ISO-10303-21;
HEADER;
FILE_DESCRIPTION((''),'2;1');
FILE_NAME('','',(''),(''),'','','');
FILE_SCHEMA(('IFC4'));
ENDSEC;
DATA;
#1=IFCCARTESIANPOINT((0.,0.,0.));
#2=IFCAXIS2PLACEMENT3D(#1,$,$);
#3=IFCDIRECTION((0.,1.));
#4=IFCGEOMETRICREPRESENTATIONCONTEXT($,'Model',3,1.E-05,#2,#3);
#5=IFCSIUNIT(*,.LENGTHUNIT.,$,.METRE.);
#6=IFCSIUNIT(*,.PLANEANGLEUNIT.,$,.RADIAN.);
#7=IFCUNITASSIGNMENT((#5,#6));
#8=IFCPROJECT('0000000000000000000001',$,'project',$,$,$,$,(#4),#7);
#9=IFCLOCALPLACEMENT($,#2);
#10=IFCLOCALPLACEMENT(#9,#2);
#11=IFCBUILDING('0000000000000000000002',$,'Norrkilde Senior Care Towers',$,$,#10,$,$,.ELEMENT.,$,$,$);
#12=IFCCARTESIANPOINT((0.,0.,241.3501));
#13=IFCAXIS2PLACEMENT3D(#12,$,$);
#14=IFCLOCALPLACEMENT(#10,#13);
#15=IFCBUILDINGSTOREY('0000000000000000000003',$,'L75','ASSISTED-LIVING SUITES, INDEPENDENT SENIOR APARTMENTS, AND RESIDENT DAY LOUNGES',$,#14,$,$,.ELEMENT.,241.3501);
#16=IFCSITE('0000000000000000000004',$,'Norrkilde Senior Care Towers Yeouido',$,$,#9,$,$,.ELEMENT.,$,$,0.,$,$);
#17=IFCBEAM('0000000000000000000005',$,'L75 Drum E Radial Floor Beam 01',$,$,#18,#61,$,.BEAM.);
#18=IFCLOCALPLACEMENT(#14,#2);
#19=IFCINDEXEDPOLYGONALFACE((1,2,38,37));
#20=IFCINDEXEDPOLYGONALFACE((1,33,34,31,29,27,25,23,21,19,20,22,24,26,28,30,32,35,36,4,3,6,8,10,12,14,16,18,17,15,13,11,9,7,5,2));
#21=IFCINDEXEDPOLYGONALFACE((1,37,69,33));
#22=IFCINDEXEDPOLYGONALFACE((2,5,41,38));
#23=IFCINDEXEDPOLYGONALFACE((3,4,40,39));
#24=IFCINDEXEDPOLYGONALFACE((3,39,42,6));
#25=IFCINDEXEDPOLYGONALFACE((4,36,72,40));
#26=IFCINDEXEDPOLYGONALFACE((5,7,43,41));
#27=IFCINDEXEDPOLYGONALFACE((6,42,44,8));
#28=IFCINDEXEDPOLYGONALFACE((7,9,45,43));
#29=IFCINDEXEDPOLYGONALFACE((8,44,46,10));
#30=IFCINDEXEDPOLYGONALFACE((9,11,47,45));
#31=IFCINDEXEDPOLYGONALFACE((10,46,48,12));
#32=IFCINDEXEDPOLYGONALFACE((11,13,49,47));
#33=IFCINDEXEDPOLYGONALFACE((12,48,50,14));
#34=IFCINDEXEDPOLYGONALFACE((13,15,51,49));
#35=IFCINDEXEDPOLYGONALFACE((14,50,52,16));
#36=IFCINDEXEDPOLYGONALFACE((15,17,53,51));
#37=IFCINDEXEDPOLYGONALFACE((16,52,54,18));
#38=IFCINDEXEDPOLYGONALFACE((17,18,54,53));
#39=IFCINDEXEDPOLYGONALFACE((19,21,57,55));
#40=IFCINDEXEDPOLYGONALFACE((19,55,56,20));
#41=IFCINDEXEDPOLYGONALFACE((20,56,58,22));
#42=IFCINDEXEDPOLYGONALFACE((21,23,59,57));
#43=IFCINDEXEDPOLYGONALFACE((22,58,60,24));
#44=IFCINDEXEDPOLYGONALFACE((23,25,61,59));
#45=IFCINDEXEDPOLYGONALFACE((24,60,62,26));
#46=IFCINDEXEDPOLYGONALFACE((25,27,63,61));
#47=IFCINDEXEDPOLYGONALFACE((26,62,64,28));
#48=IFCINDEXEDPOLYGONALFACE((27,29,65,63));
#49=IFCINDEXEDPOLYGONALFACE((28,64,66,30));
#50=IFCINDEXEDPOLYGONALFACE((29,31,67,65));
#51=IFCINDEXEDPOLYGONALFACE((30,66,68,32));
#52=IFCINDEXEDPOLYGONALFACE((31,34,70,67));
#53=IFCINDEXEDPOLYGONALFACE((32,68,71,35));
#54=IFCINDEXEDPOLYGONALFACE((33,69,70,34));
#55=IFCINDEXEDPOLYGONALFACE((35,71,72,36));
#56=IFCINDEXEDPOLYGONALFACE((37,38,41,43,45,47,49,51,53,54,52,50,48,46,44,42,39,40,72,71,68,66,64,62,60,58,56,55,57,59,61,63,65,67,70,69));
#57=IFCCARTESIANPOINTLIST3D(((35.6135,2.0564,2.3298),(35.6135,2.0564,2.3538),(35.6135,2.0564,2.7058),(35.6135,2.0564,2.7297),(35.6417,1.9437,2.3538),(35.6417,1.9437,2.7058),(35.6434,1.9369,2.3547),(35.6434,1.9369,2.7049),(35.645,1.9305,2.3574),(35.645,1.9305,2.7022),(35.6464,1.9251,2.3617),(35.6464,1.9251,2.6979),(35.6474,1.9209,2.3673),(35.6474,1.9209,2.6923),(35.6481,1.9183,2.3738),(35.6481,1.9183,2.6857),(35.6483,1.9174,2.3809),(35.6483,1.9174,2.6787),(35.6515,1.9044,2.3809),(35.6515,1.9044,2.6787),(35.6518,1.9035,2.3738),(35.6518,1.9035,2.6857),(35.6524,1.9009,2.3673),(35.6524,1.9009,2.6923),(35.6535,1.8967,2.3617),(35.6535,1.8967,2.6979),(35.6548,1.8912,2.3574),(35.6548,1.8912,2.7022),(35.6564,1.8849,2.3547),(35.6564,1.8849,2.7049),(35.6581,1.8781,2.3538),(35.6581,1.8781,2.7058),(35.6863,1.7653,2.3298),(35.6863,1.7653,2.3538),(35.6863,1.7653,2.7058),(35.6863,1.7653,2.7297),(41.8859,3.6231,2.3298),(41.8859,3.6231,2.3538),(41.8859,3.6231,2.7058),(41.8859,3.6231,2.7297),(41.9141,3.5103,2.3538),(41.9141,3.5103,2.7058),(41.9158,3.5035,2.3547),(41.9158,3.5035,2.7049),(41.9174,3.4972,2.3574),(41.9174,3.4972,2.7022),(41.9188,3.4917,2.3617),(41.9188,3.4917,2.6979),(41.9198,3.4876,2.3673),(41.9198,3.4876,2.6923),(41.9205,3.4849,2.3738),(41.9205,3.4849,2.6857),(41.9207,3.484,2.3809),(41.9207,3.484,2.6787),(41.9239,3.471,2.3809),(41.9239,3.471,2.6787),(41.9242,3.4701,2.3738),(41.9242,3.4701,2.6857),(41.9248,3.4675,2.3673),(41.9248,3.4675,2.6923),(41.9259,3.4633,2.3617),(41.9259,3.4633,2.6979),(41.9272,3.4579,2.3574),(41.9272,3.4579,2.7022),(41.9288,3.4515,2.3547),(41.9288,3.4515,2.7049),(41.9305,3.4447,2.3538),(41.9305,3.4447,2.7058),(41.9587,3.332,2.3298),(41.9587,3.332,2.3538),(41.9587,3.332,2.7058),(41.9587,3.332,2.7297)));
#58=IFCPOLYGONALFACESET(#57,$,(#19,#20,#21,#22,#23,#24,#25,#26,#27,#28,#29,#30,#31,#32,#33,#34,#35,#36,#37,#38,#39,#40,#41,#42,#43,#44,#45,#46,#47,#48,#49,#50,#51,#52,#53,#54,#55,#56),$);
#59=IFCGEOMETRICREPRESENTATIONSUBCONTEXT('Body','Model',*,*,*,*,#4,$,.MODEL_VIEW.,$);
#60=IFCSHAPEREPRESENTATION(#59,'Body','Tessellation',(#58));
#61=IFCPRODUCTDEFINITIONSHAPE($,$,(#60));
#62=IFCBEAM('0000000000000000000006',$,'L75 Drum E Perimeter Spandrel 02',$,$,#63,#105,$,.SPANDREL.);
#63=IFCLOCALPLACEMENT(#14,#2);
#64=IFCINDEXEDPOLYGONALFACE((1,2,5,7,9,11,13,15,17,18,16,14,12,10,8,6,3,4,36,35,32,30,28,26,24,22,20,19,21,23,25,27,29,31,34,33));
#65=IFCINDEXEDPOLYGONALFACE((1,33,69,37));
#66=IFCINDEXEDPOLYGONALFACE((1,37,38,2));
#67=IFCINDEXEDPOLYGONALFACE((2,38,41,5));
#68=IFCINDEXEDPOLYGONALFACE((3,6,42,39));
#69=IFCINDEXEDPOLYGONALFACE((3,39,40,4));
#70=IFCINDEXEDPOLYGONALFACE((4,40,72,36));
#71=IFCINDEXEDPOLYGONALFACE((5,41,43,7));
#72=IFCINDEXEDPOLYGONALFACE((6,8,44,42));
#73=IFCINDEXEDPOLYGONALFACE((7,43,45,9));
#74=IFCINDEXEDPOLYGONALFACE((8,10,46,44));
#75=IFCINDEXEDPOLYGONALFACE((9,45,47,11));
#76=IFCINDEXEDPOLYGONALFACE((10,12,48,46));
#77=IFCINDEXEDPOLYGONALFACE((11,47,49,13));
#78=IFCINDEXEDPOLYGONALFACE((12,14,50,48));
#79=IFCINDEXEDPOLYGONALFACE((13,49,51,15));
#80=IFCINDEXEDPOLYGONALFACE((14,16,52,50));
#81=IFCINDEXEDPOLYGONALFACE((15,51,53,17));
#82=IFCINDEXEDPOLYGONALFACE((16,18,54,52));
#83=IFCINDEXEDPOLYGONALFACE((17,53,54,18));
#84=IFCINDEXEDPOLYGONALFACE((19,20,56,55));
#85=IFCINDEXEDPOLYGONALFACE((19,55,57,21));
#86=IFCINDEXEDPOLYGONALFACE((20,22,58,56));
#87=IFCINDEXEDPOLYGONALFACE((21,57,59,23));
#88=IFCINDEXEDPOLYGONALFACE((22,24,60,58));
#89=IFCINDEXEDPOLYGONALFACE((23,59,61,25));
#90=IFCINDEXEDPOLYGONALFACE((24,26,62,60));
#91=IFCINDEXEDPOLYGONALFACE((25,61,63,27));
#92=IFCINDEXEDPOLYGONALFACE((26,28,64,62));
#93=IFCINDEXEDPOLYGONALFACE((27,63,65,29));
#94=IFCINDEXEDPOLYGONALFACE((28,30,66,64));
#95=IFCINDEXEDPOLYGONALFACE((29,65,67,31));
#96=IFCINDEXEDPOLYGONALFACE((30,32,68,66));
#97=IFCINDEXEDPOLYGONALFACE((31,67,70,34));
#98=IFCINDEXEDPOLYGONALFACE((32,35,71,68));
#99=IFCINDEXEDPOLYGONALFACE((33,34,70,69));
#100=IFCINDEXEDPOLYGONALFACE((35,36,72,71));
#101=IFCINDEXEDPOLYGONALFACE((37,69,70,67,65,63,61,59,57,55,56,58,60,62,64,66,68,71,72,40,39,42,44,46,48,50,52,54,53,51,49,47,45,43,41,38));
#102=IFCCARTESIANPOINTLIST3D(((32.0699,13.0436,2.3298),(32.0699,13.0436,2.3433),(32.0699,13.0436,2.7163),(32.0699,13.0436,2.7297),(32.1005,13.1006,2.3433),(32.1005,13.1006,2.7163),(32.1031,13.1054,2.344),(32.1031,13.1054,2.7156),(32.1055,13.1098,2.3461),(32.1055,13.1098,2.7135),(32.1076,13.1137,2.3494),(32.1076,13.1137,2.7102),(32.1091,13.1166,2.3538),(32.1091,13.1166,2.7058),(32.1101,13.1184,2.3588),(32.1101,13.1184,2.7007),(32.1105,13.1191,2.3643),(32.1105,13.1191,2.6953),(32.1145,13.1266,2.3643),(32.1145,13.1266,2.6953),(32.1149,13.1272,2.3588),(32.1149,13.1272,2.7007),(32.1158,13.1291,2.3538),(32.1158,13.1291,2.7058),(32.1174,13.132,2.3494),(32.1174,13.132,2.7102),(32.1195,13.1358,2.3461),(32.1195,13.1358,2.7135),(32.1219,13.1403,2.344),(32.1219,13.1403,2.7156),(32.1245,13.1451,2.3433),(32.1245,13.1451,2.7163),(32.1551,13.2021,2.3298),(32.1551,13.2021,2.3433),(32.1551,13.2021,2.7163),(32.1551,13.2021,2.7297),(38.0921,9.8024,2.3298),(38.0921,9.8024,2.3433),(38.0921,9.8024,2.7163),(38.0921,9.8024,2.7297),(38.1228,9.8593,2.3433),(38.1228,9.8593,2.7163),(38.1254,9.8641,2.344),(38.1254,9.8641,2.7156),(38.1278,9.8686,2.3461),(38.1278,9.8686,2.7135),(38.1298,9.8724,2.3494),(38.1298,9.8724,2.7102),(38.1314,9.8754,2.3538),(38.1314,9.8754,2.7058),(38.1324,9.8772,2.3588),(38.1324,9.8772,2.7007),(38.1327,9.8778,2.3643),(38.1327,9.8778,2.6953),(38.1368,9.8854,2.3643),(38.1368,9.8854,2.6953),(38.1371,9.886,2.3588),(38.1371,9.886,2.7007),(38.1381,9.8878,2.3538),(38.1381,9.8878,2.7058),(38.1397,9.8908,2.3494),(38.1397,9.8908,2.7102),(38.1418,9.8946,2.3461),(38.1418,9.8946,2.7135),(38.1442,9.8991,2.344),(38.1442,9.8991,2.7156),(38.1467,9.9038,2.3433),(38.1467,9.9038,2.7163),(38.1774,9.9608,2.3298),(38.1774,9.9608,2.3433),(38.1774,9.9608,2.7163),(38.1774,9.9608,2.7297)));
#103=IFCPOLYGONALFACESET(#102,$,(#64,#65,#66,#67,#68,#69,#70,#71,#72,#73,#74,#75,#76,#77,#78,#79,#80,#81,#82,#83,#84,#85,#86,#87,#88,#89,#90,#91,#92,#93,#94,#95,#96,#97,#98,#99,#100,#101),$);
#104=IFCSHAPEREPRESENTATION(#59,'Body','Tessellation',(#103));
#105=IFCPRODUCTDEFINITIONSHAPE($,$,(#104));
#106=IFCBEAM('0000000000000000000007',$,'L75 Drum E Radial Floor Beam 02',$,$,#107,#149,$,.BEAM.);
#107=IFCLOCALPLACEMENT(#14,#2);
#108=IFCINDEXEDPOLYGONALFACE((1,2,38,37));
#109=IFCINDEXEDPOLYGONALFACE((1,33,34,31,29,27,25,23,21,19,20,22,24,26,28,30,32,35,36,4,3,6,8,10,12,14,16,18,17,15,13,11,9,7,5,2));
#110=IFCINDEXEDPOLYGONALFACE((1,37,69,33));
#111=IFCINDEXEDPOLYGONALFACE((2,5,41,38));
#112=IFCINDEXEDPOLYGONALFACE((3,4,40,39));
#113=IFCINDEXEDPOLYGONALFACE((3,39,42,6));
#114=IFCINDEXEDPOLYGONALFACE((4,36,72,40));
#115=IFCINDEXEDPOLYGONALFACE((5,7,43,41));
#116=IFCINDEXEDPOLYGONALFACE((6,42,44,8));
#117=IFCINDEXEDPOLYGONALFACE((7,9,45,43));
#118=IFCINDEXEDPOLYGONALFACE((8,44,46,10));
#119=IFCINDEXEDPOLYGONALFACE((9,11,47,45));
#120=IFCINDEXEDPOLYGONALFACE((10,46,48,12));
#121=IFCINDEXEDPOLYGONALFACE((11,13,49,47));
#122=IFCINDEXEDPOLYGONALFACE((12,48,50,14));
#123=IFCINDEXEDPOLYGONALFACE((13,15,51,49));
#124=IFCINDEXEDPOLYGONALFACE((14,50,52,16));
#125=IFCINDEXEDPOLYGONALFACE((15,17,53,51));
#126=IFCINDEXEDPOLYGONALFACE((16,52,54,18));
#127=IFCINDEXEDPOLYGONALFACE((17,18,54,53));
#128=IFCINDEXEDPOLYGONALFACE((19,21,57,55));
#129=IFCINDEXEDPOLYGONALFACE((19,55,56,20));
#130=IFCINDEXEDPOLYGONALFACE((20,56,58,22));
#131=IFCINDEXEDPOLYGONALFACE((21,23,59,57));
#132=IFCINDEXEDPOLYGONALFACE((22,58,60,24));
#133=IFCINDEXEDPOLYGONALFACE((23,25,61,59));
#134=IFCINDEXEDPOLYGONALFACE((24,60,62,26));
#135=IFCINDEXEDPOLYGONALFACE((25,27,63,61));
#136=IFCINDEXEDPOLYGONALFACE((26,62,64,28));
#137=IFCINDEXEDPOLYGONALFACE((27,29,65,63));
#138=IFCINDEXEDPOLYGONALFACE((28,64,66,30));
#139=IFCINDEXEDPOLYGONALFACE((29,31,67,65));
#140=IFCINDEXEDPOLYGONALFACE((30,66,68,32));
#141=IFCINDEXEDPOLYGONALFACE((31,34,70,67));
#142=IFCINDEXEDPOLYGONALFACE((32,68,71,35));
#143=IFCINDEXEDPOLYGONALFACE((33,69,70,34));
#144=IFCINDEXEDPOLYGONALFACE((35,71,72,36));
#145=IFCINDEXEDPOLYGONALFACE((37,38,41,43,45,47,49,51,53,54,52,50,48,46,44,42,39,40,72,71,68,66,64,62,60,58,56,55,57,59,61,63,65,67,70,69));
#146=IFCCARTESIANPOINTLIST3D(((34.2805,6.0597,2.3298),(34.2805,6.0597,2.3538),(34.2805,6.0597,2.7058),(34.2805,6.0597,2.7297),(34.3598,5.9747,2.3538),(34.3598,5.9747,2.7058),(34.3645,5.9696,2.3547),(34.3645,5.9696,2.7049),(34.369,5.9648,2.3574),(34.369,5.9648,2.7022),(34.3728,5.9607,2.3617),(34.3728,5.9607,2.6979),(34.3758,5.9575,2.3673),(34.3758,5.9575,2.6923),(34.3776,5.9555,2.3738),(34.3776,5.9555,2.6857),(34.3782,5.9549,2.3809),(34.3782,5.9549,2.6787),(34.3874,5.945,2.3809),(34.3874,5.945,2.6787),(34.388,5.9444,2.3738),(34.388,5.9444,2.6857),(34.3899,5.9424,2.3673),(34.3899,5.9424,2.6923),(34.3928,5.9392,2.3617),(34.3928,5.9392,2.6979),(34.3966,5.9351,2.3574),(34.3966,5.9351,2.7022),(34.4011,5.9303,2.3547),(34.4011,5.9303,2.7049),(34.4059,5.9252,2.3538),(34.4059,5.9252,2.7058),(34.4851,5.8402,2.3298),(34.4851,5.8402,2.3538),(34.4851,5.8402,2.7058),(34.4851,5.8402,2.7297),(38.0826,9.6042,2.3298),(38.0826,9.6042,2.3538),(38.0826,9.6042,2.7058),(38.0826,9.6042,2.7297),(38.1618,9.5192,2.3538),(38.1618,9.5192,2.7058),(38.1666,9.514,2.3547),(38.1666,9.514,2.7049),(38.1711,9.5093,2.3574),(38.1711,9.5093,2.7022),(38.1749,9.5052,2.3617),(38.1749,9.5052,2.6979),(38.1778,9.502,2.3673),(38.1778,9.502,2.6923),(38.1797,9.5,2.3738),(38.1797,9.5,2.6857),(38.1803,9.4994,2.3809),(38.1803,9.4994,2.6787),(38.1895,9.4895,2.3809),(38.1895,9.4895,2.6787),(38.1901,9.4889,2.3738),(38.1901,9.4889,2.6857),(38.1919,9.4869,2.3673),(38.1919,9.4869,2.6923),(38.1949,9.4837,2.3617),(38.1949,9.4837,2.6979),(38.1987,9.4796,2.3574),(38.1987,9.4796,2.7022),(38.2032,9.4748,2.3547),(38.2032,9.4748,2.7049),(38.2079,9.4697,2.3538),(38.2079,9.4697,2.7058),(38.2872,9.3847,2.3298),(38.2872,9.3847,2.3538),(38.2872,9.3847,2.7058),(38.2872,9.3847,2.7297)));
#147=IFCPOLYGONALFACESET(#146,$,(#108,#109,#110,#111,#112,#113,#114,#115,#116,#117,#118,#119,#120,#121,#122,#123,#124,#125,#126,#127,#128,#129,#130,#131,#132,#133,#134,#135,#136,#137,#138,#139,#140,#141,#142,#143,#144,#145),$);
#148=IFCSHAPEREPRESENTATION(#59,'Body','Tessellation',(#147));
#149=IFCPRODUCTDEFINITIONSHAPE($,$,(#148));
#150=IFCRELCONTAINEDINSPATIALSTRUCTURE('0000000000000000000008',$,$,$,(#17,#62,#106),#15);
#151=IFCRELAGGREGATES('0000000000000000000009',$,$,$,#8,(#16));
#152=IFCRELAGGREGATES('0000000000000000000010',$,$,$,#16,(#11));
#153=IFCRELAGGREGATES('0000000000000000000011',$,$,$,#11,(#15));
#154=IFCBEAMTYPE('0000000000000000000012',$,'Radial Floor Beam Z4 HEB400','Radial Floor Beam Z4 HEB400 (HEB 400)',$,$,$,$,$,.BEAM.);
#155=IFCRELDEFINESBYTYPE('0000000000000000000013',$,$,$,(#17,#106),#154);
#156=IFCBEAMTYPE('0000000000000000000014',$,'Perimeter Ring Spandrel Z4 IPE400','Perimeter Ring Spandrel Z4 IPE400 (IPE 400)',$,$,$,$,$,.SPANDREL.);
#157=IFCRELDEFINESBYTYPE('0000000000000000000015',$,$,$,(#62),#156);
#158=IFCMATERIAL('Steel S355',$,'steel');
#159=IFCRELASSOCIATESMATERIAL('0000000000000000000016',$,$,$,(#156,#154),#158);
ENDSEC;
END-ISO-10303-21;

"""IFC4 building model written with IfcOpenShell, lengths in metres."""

from ifc_helpers import new_model, si_unit, direction, frame, origin, origin_2d, place, context, subcontext, project, spatial, i_section, extrude, source, transform, mapped, material, material_profile, profile_set, type_object, type_shapes, element, save


model = new_model("IFC4")

# Units and contexts
model_context = context("Model", 3, precision=1e-05, world=origin(), true_north=direction((0.0, 1.0)))
body_context = subcontext(model_context, "Body", "Model", "MODEL_VIEW")
ifc_project = project(units=[si_unit("LENGTHUNIT", "METRE"), si_unit("PLANEANGLEUNIT", "RADIAN")], contexts=[model_context])

# Site, building, storey
site_placement = place(None, origin())
site = spatial("IfcSite", under=ifc_project, at=site_placement, Name="Norrkilde Senior Care Towers Yeouido", CompositionType="ELEMENT", RefElevation=0.0)
building_placement = place(site_placement, origin())
building = spatial("IfcBuilding", under=site, at=building_placement, Name="Norrkilde Senior Care Towers", CompositionType="ELEMENT")
storey_placement = place(building_placement, frame((0.0, 0.0, 241.3501)))
storey = spatial("IfcBuildingStorey", under=building, at=storey_placement, Name="L75", Description="ASSISTED-LIVING SUITES, INDEPENDENT SENIOR APARTMENTS, AND RESIDENT DAY LOUNGES", CompositionType="ELEMENT", Elevation=241.3501)

# Beams
ifc_material_1 = material(Name="Steel S355", Category="steel")
ifc_material_profile_1 = material_profile(ifc_material_1, i_section(OverallWidth=0.1799, OverallDepth=0.3999, WebThickness=0.0085, FlangeThickness=0.0134, FilletRadius=0.021, at=origin_2d()), Name="IPE 400")
ifc_profile_set_1 = profile_set([ifc_material_profile_1], Name="Steel S355")
beam_type_1 = type_object("IfcBeamType", Name="Perimeter Ring Spandrel Z4 IPE400", Description="Perimeter Ring Spandrel Z4 IPE400 (IPE 400)", PredefinedType="SPANDREL", material=ifc_profile_set_1)
ifc_material_profile_2 = material_profile(ifc_material_1, i_section(OverallWidth=0.3, OverallDepth=0.3999, WebThickness=0.0134, FlangeThickness=0.0239, FilletRadius=0.0271, at=origin_2d()), Name="HEB 400")
ifc_profile_set_2 = profile_set([ifc_material_profile_2], Name="Steel S355")
beam_type_2 = type_object("IfcBeamType", Name="Radial Floor Beam Z4 HEB400", Description="Radial Floor Beam Z4 HEB400 (HEB 400)", PredefinedType="BEAM", material=ifc_profile_set_2)
shared_shape_1 = source(origin(), body_context, "Body", "SweptSolid", [
    extrude(i_section(OverallWidth=0.3, OverallDepth=0.3999, WebThickness=0.0134, FlangeThickness=0.0239, FilletRadius=0.0271, at=origin_2d()), origin(), (0.0, 0.0, 1.0), 6.4651),
])
beam_1_placement = place(storey_placement, frame((35.6499, 1.9109, 2.5298), z_axis=(0.970196, 0.242322, 0.0), x_axis=(-0.242322, 0.970196, 0.0)))
element("IfcBeam", 1, at=beam_1_placement, inside=storey, type_object=beam_type_2, Name="L75 Drum E Radial Floor Beam 01", PredefinedType="BEAM", context=body_context, shape_type="MappedRepresentation", body=[
    mapped(shared_shape_1, transform((0.0, 0.0, 0.0), x_axis=(1.0, 0.0, 0.0), y_axis=(0.0, 1.0, 0.0), z_axis=(0.0, 0.0, 1.0), scale=1.0)),
])
shared_shape_2 = source(origin(), body_context, "Body", "SweptSolid", [
    extrude(i_section(OverallWidth=0.1799, OverallDepth=0.3999, WebThickness=0.0085, FlangeThickness=0.0134, FilletRadius=0.021, at=origin_2d()), origin(), (0.0, 0.0, 1.0), 6.8391),
])
beam_2_placement = place(storey_placement, frame((38.1348, 9.8816, 2.5298), z_axis=(-0.880564, 0.473927, 0.0), x_axis=(-0.473927, -0.880564, 0.0)))
element("IfcBeam", 2, at=beam_2_placement, inside=storey, type_object=beam_type_1, Name="L75 Drum E Perimeter Spandrel 02", PredefinedType="SPANDREL", context=body_context, shape_type="MappedRepresentation", body=[
    mapped(shared_shape_2, transform((0.0, 0.0, 0.0), x_axis=(1.0, 0.0, 0.0), y_axis=(0.0, 1.0, 0.0), z_axis=(0.0, 0.0, 1.0), scale=1.0)),
])
shared_shape_3 = source(origin(), body_context, "Body", "SweptSolid", [
    extrude(i_section(OverallWidth=0.3, OverallDepth=0.3999, WebThickness=0.0134, FlangeThickness=0.0239, FilletRadius=0.0271, at=origin_2d()), origin(), (0.0, 0.0, 1.0), 5.198),
])
type_shapes(beam_type_2, [shared_shape_1, shared_shape_3])
beam_3_placement = place(storey_placement, frame((34.3828, 5.95, 2.5298), z_axis=(0.731449, 0.681896, 0.0), x_axis=(-0.681896, 0.731449, 0.0)))
element("IfcBeam", 3, at=beam_3_placement, inside=storey, type_object=beam_type_2, Name="L75 Drum E Radial Floor Beam 02", PredefinedType="BEAM", context=body_context, shape_type="MappedRepresentation", body=[
    mapped(shared_shape_3, transform((0.0, 0.0, 0.0), x_axis=(1.0, 0.0, 0.0), y_axis=(0.0, 1.0, 0.0), z_axis=(0.0, 0.0, 1.0), scale=1.0)),
])

save(model, "model.ifc")
